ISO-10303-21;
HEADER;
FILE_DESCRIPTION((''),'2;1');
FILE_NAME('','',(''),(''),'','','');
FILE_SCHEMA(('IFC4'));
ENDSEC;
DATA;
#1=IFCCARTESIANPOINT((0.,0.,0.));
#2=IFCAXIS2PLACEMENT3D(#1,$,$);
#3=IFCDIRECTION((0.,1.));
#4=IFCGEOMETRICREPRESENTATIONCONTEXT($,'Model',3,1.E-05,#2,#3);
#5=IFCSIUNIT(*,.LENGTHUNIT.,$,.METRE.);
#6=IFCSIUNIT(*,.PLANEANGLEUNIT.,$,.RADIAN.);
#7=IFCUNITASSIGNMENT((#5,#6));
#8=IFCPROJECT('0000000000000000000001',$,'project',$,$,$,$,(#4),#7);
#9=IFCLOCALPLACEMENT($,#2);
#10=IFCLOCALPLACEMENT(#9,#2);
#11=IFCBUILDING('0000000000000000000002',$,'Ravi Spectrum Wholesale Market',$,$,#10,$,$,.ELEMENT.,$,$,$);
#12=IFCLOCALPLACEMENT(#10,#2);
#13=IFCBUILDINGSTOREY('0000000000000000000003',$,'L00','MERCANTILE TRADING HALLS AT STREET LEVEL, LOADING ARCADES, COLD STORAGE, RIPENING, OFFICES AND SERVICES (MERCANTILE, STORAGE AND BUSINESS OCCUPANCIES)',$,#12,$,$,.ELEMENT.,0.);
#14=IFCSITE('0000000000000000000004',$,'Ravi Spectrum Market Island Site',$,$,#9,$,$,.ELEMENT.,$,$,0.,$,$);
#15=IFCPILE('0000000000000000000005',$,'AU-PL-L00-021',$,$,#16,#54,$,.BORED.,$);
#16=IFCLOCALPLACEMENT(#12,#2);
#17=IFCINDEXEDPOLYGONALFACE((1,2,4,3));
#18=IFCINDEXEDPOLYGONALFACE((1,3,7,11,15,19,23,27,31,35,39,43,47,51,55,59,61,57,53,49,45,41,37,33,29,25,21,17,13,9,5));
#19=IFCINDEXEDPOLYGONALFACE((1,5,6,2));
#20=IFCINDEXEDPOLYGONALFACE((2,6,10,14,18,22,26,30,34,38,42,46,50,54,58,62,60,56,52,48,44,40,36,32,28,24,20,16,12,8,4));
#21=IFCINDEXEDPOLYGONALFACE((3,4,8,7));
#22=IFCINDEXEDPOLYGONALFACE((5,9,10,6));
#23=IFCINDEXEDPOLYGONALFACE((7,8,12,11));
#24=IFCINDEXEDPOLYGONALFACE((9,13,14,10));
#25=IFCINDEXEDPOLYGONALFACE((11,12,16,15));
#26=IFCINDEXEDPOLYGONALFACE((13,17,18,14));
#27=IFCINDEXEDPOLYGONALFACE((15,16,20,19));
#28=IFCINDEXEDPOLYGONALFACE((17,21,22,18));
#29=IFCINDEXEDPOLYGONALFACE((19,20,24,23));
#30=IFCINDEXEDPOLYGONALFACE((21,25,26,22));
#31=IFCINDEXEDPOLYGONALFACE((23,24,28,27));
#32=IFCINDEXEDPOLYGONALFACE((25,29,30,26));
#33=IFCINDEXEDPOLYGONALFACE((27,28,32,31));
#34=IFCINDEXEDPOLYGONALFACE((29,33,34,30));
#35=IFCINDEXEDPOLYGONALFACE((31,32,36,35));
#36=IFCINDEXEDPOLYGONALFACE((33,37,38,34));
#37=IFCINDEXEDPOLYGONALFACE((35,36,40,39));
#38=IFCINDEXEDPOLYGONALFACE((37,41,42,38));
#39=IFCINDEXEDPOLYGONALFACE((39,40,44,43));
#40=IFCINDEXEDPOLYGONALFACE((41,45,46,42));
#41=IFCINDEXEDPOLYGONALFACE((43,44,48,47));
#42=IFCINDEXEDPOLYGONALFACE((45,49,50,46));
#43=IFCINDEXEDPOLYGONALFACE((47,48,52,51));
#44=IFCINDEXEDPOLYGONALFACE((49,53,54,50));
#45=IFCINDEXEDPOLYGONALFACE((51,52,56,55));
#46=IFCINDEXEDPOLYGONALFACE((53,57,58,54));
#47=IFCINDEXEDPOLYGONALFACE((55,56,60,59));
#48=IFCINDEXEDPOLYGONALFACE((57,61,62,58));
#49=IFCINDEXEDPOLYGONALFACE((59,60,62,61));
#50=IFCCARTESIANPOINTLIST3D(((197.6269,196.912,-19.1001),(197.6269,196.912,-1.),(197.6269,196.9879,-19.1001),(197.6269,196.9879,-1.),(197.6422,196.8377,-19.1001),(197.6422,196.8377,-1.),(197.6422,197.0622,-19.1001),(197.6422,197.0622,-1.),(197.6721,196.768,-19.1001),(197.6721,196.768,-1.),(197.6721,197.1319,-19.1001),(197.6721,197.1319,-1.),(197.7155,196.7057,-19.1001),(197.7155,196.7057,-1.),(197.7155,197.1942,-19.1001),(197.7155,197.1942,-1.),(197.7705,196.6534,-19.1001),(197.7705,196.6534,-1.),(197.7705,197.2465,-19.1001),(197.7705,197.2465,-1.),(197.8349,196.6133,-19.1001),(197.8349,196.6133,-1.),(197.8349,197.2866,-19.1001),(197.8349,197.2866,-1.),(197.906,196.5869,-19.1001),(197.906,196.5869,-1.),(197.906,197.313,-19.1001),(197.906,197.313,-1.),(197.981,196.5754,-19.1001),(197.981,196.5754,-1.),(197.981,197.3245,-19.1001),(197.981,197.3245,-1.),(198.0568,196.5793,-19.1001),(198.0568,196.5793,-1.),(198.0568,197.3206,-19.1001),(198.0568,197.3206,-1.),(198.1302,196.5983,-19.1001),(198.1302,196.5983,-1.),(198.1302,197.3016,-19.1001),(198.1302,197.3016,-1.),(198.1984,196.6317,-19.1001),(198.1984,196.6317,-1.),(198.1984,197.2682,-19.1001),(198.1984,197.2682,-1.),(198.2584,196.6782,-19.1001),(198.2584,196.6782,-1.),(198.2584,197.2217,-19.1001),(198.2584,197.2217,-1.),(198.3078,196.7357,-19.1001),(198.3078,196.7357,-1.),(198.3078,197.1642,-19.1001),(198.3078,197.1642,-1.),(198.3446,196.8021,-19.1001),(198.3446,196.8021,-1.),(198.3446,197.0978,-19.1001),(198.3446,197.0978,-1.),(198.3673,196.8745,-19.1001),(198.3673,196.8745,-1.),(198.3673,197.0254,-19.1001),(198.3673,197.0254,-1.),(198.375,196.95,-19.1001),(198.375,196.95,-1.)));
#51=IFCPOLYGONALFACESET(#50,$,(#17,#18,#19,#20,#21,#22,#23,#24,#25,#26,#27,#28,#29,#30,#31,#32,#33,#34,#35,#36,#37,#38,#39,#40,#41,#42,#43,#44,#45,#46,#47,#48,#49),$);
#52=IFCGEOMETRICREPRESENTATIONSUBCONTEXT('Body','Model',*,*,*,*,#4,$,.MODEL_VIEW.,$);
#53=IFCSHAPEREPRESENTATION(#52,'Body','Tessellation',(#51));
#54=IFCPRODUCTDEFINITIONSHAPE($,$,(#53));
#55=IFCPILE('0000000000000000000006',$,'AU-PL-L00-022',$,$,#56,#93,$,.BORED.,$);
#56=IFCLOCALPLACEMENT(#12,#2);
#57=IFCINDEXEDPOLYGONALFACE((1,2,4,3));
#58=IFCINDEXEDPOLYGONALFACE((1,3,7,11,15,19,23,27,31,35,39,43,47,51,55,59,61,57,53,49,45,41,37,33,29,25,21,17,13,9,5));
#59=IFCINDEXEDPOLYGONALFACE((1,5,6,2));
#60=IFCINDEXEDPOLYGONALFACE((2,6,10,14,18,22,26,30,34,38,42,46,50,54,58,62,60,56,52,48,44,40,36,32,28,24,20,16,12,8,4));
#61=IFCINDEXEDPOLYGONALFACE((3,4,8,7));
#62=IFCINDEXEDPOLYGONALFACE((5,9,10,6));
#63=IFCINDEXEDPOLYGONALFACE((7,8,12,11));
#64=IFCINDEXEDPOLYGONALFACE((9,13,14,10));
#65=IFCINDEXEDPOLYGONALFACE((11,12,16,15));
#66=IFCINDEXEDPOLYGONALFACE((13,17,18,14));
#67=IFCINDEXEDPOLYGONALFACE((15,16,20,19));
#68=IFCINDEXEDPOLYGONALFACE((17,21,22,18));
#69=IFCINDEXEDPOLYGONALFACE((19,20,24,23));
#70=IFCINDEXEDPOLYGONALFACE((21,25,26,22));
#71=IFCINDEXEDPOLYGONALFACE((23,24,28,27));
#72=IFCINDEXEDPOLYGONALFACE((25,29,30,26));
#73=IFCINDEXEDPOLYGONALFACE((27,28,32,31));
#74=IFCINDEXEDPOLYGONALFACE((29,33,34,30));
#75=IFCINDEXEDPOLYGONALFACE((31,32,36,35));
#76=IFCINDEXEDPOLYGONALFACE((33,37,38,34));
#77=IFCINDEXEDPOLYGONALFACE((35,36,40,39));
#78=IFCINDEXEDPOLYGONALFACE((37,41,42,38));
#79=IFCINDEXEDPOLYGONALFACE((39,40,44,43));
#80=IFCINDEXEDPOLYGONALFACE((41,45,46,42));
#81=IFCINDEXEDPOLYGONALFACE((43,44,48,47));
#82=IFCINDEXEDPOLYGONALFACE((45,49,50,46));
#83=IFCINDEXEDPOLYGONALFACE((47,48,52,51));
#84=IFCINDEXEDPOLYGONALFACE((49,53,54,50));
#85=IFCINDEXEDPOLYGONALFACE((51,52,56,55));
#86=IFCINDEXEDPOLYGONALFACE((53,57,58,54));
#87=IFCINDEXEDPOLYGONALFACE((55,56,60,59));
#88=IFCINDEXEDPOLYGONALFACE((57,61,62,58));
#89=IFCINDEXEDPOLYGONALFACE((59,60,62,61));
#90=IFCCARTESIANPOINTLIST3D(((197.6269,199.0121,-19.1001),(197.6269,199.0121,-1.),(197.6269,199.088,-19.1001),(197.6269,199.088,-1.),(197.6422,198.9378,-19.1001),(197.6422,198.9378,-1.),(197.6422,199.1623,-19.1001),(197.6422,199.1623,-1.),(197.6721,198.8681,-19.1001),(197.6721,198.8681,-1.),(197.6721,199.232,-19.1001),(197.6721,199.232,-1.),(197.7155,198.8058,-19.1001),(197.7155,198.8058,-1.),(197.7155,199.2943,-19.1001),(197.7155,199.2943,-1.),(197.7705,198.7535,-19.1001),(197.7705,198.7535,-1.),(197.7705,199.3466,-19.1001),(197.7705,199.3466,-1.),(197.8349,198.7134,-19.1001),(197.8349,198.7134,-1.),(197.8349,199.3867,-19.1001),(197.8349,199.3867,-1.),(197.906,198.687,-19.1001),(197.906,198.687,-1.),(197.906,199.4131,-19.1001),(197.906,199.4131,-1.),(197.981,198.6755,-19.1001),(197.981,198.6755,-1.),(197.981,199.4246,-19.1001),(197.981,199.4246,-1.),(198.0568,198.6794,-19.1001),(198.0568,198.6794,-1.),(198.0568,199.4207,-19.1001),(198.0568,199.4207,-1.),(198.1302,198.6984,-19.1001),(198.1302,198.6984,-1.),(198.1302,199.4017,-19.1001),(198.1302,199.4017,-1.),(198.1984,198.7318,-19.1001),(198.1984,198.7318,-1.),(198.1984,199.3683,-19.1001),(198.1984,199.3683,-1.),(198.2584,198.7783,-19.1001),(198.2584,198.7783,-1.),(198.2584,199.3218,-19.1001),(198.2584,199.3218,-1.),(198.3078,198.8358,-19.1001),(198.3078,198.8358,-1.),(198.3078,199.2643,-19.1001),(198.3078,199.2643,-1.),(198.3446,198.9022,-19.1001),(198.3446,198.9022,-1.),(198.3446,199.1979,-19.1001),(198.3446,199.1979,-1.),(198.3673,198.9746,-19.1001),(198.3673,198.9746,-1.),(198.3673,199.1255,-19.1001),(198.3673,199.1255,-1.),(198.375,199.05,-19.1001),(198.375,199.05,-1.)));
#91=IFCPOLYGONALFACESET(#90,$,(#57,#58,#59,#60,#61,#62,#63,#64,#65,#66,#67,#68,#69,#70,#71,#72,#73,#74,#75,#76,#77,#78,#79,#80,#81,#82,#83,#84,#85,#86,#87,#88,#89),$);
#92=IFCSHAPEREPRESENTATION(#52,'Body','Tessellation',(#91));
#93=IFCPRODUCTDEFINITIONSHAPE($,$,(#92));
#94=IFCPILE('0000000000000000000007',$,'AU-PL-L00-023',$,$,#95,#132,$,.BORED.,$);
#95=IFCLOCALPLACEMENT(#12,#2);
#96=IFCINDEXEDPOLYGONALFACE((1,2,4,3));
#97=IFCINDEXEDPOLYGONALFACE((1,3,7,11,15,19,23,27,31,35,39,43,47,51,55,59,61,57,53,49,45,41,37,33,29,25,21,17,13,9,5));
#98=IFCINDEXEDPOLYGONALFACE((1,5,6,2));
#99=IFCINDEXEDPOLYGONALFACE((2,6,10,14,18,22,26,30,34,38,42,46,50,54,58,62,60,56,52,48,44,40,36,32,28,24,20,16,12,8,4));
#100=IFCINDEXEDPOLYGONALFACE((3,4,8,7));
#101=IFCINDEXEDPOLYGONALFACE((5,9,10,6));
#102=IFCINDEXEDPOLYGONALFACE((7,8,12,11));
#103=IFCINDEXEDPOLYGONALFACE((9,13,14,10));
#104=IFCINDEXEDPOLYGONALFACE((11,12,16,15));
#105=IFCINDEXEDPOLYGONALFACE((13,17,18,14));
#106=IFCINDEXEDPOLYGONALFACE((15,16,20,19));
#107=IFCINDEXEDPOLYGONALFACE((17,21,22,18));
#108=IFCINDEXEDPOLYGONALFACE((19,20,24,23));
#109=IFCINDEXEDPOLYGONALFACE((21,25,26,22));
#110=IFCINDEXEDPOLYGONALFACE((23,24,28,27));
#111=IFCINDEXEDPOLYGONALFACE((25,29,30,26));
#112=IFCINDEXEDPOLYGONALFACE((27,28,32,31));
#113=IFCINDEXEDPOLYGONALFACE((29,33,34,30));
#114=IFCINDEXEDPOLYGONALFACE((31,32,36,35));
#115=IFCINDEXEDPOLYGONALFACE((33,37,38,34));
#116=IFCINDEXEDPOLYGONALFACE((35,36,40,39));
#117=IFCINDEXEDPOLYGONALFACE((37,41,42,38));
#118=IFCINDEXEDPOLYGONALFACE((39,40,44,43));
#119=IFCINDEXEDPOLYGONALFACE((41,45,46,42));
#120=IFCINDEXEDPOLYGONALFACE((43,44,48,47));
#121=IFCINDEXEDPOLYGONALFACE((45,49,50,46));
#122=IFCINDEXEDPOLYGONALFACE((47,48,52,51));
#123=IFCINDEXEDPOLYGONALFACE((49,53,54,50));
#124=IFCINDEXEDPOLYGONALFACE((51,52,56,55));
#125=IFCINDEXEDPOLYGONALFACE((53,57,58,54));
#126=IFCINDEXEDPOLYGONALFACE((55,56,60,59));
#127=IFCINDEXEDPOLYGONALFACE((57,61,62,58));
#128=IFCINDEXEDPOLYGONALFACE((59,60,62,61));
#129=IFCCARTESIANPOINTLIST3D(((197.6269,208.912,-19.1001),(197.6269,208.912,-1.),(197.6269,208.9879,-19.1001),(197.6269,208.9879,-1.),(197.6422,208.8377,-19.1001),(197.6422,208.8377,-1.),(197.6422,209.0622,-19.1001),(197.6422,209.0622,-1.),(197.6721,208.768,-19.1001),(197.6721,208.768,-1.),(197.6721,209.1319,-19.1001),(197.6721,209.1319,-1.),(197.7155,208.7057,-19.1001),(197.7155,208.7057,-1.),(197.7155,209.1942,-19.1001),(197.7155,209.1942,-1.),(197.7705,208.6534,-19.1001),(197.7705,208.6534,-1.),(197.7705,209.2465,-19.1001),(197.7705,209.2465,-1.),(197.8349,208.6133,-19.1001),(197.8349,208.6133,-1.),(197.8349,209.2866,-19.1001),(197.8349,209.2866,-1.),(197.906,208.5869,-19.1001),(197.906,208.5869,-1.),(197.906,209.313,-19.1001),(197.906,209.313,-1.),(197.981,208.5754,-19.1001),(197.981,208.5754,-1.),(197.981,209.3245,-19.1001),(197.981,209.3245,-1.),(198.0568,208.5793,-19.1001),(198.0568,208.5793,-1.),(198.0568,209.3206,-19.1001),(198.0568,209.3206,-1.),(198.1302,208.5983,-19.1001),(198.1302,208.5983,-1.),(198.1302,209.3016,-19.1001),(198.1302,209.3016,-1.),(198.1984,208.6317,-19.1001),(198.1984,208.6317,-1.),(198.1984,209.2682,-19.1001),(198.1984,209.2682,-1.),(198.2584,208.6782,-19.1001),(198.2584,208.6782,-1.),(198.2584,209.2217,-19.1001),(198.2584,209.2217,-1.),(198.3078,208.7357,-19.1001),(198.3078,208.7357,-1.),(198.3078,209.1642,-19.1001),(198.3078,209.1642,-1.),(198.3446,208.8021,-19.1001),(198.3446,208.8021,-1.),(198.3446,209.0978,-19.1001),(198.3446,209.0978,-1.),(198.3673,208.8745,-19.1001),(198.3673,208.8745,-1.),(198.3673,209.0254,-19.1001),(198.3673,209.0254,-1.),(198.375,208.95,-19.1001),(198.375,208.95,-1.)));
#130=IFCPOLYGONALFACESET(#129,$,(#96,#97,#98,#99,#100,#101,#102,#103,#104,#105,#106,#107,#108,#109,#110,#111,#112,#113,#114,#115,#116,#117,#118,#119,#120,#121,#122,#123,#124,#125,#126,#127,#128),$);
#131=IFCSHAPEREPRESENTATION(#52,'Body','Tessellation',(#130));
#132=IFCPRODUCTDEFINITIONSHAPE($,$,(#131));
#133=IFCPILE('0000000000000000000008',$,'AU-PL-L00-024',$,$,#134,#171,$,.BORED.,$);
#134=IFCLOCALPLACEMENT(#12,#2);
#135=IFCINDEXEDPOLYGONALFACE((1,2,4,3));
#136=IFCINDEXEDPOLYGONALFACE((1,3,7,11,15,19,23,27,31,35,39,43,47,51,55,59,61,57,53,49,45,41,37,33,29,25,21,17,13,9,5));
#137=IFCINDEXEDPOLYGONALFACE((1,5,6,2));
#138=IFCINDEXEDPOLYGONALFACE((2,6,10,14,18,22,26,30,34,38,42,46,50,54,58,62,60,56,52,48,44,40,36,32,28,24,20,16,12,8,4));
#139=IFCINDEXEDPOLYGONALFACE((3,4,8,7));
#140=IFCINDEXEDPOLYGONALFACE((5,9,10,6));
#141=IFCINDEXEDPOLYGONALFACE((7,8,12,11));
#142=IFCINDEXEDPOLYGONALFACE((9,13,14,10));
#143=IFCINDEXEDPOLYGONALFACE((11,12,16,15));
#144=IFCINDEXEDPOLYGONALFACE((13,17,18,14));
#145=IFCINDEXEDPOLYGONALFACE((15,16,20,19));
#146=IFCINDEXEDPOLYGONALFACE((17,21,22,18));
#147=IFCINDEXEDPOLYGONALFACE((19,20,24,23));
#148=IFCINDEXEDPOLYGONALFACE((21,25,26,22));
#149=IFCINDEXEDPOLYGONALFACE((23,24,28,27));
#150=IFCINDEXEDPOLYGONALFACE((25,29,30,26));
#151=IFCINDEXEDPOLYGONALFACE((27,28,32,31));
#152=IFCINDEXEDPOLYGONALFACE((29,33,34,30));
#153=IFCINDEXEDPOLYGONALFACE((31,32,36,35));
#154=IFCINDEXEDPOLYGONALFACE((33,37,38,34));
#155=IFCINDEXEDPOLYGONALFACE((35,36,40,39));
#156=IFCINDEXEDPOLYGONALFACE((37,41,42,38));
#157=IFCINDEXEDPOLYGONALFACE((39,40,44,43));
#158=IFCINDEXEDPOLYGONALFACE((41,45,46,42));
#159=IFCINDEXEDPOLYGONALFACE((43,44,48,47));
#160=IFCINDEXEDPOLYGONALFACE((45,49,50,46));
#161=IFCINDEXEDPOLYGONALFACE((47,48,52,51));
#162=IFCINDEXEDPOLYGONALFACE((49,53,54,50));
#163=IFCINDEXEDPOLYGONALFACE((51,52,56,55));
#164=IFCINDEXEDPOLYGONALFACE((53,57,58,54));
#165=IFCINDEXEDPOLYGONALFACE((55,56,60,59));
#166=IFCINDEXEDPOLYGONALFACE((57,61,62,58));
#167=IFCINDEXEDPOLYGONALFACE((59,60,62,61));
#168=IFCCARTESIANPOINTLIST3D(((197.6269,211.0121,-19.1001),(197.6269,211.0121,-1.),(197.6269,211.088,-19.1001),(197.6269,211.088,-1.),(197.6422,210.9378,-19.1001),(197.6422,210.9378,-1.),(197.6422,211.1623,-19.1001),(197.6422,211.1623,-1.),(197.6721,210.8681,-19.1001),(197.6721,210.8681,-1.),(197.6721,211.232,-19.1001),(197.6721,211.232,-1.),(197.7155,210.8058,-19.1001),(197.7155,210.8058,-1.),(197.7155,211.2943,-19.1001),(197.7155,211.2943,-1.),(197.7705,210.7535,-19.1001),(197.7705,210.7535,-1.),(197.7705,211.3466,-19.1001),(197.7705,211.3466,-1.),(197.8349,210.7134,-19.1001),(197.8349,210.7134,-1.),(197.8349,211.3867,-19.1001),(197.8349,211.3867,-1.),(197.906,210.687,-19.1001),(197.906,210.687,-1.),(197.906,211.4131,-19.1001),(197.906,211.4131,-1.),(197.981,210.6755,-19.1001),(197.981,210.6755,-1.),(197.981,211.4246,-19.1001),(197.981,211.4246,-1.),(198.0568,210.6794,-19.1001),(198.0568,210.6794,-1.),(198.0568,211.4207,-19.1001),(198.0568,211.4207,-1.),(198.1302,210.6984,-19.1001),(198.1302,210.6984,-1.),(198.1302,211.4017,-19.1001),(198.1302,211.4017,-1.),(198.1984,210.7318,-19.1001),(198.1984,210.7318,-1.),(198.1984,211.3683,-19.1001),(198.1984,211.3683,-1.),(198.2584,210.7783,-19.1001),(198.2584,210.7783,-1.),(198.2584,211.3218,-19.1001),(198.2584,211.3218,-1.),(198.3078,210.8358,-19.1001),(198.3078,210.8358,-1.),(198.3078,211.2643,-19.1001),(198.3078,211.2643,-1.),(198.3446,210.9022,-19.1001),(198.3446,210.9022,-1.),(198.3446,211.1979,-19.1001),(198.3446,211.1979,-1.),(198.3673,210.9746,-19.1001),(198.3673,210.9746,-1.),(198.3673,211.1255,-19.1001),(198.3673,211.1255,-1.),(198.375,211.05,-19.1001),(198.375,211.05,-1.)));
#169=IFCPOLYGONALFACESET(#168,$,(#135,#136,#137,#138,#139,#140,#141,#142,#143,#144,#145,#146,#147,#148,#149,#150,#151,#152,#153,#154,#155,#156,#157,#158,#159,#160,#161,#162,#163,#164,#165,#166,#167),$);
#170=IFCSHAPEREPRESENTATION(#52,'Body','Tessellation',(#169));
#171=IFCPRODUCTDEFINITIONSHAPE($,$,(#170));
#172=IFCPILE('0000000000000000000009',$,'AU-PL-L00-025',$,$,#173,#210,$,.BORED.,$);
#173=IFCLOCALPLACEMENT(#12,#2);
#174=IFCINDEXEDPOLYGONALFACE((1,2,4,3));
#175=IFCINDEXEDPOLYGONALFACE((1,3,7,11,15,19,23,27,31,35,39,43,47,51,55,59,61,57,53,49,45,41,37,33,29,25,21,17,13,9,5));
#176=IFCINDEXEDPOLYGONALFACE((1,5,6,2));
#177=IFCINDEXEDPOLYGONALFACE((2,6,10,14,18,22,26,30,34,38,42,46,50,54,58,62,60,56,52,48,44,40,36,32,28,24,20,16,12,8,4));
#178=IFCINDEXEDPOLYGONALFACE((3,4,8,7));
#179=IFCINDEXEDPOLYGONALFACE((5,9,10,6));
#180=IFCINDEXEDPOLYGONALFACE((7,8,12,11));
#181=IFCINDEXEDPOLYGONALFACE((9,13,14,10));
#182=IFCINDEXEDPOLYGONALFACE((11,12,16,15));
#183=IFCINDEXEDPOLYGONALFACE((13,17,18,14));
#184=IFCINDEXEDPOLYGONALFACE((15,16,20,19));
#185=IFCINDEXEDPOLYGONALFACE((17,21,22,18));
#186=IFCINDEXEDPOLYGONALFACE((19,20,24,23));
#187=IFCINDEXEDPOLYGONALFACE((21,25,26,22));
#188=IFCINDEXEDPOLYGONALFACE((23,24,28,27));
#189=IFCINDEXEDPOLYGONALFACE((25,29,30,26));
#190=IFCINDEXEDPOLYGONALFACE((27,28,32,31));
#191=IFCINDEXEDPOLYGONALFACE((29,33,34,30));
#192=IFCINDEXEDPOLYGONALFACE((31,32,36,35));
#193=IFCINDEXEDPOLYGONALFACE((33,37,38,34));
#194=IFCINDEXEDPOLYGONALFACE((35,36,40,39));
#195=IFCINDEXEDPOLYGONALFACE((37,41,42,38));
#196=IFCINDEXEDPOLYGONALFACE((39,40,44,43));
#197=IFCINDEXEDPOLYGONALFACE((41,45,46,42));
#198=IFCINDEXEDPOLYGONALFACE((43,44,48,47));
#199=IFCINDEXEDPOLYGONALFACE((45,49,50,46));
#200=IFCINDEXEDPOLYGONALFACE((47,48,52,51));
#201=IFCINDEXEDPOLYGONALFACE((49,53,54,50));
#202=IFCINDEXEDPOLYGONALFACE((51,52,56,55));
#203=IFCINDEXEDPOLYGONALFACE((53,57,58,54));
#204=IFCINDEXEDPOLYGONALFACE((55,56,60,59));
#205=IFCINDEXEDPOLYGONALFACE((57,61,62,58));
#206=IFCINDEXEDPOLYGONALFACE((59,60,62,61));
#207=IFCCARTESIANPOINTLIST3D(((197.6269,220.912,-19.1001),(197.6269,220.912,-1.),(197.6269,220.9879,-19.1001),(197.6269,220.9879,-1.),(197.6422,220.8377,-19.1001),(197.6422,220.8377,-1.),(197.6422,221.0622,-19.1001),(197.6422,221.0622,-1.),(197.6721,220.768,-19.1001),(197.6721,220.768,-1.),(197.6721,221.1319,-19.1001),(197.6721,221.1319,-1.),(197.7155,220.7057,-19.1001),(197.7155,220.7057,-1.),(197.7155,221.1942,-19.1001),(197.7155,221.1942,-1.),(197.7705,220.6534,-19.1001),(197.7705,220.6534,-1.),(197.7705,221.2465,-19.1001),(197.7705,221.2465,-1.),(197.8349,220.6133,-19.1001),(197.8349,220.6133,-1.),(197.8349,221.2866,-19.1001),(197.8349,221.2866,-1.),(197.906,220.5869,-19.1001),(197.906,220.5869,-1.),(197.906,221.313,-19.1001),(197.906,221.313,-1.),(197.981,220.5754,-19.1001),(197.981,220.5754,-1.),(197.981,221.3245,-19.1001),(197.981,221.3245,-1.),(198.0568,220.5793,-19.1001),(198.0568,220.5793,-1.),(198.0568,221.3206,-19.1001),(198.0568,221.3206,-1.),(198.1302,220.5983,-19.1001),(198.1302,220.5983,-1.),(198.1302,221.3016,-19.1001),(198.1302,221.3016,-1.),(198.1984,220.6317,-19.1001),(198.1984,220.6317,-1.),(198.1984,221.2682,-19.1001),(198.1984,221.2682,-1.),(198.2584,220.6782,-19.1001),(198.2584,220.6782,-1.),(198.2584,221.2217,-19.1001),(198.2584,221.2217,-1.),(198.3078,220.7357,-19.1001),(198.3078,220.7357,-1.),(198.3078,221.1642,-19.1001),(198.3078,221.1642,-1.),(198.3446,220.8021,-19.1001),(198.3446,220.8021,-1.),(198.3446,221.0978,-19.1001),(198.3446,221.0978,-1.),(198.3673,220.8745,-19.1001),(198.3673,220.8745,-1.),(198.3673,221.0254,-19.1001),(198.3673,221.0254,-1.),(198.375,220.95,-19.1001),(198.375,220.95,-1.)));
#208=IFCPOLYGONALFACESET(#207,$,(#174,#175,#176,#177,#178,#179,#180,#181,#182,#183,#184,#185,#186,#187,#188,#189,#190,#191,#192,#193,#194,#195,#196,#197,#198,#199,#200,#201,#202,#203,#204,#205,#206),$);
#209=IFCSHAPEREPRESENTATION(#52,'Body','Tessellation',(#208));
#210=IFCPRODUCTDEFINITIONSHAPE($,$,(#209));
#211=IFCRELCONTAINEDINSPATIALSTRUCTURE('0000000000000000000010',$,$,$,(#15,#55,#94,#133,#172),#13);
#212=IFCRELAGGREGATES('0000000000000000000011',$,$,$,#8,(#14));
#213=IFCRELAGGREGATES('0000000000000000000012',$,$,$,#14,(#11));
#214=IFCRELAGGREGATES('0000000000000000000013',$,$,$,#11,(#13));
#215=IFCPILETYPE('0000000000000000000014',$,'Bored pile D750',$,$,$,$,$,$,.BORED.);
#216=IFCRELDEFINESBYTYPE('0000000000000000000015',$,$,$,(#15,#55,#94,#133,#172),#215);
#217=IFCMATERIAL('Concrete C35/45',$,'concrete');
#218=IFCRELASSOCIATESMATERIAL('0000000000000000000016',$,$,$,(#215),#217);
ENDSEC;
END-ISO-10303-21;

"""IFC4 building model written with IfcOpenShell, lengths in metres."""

from ifc_helpers import new_model, si_unit, direction, frame, origin, origin_2d, place, context, subcontext, project, spatial, circle, extrude, material, material_profile, profile_set, type_object, element, save


model = new_model("IFC4")

# Units and contexts
model_context = context("Model", 3, precision=1e-05, world=origin(), true_north=direction((0.0, 1.0)))
body_context = subcontext(model_context, "Body", "Model", "MODEL_VIEW")
ifc_project = project(units=[si_unit("LENGTHUNIT", "METRE"), si_unit("PLANEANGLEUNIT", "RADIAN")], contexts=[model_context])

# Site, building, storey
site_placement = place(None, origin())
site = spatial("IfcSite", under=ifc_project, at=site_placement, Name="Ravi Spectrum Market Island Site", CompositionType="ELEMENT", RefElevation=0.0)
building_placement = place(site_placement, origin())
building = spatial("IfcBuilding", under=site, at=building_placement, Name="Ravi Spectrum Wholesale Market", CompositionType="ELEMENT")
storey_placement = place(building_placement, origin())
storey = spatial("IfcBuildingStorey", under=building, at=storey_placement, Name="L00", Description="MERCANTILE TRADING HALLS AT STREET LEVEL, LOADING ARCADES, COLD STORAGE, RIPENING, OFFICES AND SERVICES (MERCANTILE, STORAGE AND BUSINESS OCCUPANCIES)", CompositionType="ELEMENT", Elevation=0.0)

# Piles
ifc_material_1 = material(Name="Concrete C35/45", Category="concrete")
ifc_material_profile_1 = material_profile(ifc_material_1, circle(Radius=0.375, at=origin_2d()))
ifc_profile_set_1 = profile_set([ifc_material_profile_1], Name="Concrete C35/45")
pile_type = type_object("IfcPileType", Name="Bored pile D750", PredefinedType="BORED", material=ifc_profile_set_1)
for number, where, z_axis, x_axis, name in (
    (1, (198.0, 196.95, -1.0), (0.0, 0.0, -1.0), (1.0, 0.0, 0.0), "AU-PL-L00-021"),
    (2, (198.0, 199.05, -1.0), (0.0, 0.0, -1.0), (1.0, 0.0, 0.0), "AU-PL-L00-022"),
    (3, (198.0, 208.95, -1.0), (0.0, 0.0, -1.0), (1.0, 0.0, 0.0), "AU-PL-L00-023"),
    (4, (198.0, 211.05, -1.0), (0.0, 0.0, -1.0), (1.0, 0.0, 0.0), "AU-PL-L00-024"),
    (5, (198.0, 220.95, -1.0), (0.0, 0.0, -1.0), (1.0, 0.0, 0.0), "AU-PL-L00-025"),
):
    element("IfcPile", number, at=place(storey_placement, frame(where, z_axis=z_axis, x_axis=x_axis)), inside=storey, type_object=pile_type, Name=name, PredefinedType="BORED", context=body_context, shape_type="SweptSolid", body=[
        extrude(circle(Radius=0.375, at=origin_2d()), origin(), (0.0, 0.0, 1.0), 18.1001),
    ])

save(model, "model.ifc")
